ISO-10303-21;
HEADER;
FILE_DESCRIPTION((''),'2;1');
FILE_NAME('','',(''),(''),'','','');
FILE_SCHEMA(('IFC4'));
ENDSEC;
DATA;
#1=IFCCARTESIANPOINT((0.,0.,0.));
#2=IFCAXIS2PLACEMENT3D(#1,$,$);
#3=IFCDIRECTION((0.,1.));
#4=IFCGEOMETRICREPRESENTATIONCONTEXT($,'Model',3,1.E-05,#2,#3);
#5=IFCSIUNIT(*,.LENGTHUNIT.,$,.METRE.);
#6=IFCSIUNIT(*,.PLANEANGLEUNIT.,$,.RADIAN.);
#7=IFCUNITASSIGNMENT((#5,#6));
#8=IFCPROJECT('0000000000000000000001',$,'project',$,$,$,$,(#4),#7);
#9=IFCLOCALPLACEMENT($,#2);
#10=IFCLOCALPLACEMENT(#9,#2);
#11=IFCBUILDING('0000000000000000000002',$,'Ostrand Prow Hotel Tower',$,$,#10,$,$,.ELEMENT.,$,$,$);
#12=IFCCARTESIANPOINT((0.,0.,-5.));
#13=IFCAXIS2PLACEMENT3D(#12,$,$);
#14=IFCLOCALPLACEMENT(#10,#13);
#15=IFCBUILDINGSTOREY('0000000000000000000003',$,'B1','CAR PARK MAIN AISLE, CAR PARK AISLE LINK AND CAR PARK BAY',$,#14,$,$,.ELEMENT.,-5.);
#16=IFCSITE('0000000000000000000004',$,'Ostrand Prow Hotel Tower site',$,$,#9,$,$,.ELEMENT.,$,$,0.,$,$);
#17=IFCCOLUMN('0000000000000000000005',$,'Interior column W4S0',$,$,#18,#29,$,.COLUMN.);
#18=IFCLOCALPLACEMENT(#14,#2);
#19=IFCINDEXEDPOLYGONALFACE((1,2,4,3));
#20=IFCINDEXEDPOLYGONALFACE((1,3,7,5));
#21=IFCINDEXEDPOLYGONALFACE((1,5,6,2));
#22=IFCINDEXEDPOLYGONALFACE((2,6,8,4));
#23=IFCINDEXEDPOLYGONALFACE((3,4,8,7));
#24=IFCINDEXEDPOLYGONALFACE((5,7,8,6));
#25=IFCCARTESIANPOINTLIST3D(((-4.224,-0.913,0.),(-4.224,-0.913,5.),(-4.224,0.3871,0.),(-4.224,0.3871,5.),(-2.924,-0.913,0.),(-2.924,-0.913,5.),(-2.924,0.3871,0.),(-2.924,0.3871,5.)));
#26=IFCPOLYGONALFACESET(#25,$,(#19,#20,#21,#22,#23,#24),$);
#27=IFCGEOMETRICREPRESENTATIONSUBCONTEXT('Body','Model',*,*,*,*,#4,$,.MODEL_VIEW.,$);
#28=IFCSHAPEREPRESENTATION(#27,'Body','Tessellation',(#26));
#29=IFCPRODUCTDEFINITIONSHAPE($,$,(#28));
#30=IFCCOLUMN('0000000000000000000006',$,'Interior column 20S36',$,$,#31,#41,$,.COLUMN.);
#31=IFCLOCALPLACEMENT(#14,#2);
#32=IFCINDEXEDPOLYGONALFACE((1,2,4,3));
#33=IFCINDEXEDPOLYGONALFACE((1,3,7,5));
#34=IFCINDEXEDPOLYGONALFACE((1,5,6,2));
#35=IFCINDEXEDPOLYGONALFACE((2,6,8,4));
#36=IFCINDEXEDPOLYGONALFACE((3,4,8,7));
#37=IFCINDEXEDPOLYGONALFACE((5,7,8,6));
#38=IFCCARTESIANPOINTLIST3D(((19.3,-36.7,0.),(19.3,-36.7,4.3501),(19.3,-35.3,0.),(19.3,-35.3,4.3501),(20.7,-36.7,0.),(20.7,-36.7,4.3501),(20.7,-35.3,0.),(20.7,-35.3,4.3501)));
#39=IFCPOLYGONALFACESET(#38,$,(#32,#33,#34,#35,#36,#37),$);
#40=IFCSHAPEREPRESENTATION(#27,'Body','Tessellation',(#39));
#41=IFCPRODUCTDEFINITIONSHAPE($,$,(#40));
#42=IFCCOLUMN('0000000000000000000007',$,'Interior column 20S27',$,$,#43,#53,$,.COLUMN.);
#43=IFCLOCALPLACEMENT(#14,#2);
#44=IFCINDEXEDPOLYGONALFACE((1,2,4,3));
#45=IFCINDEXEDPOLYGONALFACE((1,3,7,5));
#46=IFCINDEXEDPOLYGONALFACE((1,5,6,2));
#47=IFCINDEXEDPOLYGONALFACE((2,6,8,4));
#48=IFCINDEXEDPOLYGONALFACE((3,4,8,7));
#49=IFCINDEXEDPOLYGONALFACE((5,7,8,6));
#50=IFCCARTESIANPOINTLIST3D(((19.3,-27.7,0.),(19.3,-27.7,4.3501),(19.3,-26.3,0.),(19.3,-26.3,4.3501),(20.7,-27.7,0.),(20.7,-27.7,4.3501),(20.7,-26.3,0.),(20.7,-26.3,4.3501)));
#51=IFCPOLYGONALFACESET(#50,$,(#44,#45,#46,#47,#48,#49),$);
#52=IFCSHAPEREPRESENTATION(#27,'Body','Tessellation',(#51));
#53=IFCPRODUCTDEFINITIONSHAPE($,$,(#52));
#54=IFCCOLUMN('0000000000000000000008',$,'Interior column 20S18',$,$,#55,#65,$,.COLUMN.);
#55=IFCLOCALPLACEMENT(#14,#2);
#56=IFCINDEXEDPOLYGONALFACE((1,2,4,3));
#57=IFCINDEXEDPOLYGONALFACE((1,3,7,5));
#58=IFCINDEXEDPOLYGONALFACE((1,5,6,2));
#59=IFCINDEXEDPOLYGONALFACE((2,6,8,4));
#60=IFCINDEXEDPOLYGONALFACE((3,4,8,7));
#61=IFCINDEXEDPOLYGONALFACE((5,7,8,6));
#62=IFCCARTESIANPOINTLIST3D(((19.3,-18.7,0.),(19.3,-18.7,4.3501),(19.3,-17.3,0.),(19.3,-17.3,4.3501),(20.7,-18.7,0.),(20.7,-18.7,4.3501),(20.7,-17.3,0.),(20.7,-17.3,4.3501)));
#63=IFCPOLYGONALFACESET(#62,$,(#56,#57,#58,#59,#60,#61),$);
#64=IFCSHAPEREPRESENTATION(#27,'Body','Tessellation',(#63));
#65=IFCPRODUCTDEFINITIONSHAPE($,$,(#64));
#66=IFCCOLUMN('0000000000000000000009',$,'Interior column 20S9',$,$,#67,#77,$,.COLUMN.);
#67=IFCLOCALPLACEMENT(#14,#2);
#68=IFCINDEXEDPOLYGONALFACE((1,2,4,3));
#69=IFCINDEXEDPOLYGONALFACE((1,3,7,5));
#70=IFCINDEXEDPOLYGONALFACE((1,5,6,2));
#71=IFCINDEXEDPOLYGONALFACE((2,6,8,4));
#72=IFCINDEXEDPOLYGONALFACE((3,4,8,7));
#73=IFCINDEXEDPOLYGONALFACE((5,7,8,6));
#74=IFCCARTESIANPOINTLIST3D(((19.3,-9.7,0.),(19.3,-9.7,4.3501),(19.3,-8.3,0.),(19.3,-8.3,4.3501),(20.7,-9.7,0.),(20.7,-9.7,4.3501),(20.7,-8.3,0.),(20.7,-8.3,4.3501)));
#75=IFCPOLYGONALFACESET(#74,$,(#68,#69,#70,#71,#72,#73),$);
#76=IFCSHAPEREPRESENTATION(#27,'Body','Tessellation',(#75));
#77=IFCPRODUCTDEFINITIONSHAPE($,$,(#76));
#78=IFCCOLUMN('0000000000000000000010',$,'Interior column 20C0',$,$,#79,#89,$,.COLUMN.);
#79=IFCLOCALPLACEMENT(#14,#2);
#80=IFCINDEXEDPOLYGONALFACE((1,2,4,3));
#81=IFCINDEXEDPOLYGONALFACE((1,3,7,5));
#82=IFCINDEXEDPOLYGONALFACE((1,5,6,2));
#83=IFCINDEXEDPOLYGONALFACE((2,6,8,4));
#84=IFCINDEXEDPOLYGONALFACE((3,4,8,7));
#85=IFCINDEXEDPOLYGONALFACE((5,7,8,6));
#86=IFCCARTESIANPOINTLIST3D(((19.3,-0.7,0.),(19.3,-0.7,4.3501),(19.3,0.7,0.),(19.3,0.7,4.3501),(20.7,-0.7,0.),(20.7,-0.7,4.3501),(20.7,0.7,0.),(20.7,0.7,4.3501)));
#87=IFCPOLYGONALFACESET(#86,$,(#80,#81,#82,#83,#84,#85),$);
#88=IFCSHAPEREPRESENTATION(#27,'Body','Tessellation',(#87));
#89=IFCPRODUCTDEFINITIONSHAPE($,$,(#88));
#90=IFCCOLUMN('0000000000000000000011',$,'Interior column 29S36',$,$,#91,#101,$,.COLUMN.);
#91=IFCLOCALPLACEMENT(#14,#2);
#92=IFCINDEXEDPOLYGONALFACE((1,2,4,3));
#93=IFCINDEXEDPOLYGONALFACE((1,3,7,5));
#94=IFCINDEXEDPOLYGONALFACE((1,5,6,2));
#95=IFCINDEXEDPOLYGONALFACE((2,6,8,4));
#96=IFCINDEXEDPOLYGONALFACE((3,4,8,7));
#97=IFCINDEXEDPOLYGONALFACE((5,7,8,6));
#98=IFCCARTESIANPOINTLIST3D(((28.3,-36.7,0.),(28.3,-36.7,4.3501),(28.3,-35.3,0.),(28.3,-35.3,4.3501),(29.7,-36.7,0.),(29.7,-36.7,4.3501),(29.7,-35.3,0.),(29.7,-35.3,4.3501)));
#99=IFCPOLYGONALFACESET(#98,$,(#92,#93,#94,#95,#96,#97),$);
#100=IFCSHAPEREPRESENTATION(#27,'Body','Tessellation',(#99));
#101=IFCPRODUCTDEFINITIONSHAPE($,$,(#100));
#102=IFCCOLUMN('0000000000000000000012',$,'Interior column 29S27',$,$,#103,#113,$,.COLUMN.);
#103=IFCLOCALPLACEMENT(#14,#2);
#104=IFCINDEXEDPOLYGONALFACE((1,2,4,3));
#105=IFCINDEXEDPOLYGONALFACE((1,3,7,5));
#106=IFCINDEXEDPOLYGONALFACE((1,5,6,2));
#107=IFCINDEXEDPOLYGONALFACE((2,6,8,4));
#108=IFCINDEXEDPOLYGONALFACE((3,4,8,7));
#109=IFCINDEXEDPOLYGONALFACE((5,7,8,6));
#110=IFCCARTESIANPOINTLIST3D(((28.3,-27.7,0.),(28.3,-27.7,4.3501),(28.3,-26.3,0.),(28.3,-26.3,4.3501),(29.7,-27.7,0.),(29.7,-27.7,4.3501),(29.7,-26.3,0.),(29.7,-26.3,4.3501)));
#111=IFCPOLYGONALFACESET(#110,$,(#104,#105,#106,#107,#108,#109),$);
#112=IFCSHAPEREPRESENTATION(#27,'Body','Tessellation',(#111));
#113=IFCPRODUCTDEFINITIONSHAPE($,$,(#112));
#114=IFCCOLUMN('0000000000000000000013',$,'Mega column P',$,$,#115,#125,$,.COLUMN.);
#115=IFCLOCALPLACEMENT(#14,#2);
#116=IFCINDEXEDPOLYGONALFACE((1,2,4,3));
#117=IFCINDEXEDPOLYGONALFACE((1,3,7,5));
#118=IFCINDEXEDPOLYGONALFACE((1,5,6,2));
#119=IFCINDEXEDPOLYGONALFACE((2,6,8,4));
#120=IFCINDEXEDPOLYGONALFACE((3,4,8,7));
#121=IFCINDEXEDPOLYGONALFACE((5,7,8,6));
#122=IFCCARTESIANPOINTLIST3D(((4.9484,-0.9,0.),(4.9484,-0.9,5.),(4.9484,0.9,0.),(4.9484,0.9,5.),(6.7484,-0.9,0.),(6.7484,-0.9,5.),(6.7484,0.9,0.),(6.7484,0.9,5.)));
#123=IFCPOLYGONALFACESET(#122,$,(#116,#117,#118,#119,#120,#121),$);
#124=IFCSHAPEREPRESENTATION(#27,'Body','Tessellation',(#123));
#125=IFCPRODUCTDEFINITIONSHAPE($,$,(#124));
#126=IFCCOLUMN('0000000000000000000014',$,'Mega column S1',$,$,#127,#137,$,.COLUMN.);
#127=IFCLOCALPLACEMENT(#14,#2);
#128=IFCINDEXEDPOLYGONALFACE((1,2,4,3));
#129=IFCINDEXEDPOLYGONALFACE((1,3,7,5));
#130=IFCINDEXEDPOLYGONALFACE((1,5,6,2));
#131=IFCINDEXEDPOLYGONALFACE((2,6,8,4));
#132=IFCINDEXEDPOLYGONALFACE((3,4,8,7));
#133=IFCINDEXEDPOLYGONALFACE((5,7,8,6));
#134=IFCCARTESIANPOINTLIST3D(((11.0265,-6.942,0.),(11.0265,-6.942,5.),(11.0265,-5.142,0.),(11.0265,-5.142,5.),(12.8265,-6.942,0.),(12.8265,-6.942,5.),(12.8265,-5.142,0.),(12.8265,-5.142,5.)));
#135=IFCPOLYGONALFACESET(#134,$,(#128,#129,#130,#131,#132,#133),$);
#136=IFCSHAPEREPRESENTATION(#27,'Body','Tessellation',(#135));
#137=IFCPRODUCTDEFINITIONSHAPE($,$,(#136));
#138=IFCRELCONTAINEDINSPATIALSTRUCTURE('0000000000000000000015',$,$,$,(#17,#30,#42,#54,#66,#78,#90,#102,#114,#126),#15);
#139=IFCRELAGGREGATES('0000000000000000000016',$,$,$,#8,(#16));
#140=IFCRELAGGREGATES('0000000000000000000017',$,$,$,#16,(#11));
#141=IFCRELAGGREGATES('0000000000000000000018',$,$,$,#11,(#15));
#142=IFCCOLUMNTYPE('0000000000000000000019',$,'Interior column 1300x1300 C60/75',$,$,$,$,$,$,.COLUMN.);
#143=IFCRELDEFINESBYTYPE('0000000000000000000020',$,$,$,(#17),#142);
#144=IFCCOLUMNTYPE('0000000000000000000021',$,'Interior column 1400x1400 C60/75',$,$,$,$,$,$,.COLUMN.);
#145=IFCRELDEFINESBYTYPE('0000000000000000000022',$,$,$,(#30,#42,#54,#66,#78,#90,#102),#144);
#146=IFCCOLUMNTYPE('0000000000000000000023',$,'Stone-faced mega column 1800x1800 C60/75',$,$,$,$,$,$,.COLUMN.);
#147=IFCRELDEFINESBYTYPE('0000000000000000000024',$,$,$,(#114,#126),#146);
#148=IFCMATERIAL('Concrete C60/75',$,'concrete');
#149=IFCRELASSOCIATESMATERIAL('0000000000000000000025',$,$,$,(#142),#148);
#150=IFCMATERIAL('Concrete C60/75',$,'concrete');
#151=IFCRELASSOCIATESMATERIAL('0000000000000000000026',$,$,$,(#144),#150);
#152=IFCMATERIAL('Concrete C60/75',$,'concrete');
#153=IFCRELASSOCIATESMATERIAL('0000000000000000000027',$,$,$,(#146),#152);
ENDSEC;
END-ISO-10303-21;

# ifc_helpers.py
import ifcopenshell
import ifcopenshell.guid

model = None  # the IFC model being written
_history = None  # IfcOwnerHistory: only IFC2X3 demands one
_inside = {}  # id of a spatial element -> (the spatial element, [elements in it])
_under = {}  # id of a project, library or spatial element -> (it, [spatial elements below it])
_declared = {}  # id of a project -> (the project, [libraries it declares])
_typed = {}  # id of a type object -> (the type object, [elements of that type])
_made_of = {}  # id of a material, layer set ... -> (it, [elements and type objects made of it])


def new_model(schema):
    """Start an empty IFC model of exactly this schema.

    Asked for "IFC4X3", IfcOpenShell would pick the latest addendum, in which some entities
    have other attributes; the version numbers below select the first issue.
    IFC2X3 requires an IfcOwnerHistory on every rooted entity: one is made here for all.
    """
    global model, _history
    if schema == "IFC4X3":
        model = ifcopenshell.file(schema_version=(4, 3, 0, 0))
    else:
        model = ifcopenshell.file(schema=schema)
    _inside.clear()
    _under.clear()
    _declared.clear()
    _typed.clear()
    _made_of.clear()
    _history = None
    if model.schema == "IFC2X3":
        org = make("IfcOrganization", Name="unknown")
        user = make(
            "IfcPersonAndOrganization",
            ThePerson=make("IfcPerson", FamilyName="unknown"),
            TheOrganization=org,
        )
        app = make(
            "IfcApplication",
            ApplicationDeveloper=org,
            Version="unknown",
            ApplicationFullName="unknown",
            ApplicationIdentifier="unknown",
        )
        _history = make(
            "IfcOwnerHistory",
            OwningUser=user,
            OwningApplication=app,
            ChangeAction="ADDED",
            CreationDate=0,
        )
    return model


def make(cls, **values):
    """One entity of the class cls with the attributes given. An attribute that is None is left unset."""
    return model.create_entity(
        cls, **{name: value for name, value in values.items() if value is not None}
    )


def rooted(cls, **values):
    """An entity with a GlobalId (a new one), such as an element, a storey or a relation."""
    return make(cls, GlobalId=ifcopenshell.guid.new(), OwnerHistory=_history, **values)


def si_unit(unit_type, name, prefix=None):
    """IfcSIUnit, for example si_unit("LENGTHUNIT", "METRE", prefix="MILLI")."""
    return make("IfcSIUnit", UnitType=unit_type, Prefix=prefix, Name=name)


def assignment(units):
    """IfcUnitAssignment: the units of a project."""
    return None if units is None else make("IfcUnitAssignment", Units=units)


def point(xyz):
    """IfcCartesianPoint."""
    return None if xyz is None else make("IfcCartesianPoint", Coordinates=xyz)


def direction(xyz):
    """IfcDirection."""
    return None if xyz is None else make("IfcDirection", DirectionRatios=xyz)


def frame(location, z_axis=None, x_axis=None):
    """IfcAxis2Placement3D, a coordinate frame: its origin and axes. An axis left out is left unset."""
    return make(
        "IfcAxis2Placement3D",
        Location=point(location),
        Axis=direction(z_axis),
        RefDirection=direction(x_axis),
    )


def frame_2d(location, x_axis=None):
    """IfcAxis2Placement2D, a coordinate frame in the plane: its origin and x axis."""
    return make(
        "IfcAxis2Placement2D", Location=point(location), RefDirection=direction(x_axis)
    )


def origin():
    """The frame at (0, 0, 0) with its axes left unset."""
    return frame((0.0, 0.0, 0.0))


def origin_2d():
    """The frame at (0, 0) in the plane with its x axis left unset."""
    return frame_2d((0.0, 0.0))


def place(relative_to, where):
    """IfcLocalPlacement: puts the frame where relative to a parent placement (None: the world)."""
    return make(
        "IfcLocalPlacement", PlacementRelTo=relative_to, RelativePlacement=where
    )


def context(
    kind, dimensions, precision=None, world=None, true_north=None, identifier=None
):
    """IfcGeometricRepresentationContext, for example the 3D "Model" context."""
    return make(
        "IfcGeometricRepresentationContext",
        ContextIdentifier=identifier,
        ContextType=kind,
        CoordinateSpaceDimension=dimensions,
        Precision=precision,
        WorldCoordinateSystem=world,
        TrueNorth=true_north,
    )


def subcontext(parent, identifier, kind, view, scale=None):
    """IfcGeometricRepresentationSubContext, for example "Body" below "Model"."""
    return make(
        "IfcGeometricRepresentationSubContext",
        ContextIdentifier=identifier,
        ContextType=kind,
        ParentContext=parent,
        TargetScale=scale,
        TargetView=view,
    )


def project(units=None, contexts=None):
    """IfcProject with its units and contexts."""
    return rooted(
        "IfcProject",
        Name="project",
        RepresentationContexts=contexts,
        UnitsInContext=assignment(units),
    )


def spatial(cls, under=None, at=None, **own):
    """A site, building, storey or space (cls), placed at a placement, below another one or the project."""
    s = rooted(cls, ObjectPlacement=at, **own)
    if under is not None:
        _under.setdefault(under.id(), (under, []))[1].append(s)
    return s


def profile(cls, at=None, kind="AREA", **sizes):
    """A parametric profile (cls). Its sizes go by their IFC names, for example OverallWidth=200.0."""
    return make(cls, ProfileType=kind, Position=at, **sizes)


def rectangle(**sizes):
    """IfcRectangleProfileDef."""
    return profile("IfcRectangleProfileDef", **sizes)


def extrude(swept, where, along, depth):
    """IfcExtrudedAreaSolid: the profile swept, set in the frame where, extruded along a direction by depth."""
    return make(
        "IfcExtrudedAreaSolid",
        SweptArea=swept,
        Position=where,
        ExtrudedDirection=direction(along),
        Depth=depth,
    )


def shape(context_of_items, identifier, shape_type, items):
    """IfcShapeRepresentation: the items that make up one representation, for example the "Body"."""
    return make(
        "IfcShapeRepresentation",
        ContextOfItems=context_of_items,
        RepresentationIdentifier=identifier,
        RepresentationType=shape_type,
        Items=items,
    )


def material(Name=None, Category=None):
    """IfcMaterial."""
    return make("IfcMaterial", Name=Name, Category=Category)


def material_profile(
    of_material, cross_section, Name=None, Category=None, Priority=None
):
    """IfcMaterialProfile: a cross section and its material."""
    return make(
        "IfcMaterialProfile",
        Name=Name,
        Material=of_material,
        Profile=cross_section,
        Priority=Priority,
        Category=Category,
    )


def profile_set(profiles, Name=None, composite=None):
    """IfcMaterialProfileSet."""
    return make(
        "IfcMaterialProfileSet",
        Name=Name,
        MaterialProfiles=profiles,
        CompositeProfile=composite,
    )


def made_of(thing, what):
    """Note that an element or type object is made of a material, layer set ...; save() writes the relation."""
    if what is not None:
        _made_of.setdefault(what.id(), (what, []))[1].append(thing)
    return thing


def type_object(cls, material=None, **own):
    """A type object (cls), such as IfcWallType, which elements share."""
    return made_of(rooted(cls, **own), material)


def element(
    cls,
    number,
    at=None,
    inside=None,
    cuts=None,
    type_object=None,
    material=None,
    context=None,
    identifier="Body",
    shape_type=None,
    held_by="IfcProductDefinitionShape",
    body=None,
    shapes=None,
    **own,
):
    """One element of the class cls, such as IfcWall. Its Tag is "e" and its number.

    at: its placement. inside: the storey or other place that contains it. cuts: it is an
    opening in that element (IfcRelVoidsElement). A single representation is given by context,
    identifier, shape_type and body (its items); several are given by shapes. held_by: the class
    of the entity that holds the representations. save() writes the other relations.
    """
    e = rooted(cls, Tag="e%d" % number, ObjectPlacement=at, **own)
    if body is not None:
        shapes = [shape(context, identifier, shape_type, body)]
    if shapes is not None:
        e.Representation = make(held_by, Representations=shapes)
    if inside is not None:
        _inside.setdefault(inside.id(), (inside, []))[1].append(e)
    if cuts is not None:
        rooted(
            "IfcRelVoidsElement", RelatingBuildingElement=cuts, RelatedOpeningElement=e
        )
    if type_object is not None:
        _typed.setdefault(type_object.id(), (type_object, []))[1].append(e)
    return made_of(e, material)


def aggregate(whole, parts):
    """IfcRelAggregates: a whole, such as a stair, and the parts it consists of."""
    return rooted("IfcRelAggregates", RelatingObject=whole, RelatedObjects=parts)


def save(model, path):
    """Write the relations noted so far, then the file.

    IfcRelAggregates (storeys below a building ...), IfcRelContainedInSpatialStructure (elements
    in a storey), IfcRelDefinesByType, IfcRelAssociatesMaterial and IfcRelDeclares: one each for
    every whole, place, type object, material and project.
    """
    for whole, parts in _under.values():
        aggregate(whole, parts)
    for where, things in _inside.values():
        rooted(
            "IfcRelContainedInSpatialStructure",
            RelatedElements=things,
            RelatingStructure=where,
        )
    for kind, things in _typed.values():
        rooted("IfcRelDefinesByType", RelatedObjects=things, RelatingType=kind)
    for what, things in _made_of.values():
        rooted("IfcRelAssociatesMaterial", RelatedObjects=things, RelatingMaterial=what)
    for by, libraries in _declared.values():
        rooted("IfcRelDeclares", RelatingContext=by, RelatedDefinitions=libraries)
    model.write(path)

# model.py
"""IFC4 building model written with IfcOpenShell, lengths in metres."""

from ifc_helpers import new_model, si_unit, direction, frame, origin, origin_2d, place, context, subcontext, project, spatial, rectangle, extrude, material, material_profile, profile_set, type_object, element, save


model = new_model("IFC4")

# Units and contexts
model_context = context("Model", 3, precision=1e-05, world=origin(), true_north=direction((0.0, 1.0)))
body_context = subcontext(model_context, "Body", "Model", "MODEL_VIEW")
ifc_project = project(units=[si_unit("LENGTHUNIT", "METRE"), si_unit("PLANEANGLEUNIT", "RADIAN")], contexts=[model_context])

# Site, building, storey
site_placement = place(None, origin())
site = spatial("IfcSite", under=ifc_project, at=site_placement, Name="Ostrand Prow Hotel Tower site", CompositionType="ELEMENT", RefElevation=0.0)
building_placement = place(site_placement, origin())
building = spatial("IfcBuilding", under=site, at=building_placement, Name="Ostrand Prow Hotel Tower", CompositionType="ELEMENT")
storey_placement = place(building_placement, frame((0.0, 0.0, -5.0)))
storey = spatial("IfcBuildingStorey", under=building, at=storey_placement, Name="B1", Description="CAR PARK MAIN AISLE, CAR PARK AISLE LINK AND CAR PARK BAY", CompositionType="ELEMENT", Elevation=-5.0)

# Columns
ifc_material_1 = material(Name="Concrete C60/75", Category="concrete")
ifc_material_profile_1 = material_profile(ifc_material_1, rectangle(XDim=1.3, YDim=1.3, at=origin_2d()), Name="RC 1300x1300")
ifc_profile_set_1 = profile_set([ifc_material_profile_1], Name="Concrete C60/75")
column_type_1 = type_object("IfcColumnType", Name="Interior column 1300x1300 C60/75", PredefinedType="COLUMN", material=ifc_profile_set_1)
column_placement = place(storey_placement, frame((-3.574, -0.2629, 0.0), z_axis=(0.0, 0.0, 1.0), x_axis=(1.0, 0.0, 0.0)))
element("IfcColumn", 1, at=column_placement, inside=storey, type_object=column_type_1, Name="Interior column W4S0", PredefinedType="COLUMN", context=body_context, shape_type="SweptSolid", body=[
    extrude(rectangle(XDim=1.3, YDim=1.3, at=origin_2d()), origin(), (0.0, 0.0, 1.0), 5.0),
])
ifc_material_2 = material(Name="Concrete C60/75", Category="concrete")
ifc_material_profile_2 = material_profile(ifc_material_2, rectangle(XDim=1.3999, YDim=1.3999, at=origin_2d()), Name="RC 1400x1400")
ifc_profile_set_2 = profile_set([ifc_material_profile_2], Name="Concrete C60/75")
column_type_2 = type_object("IfcColumnType", Name="Interior column 1400x1400 C60/75", PredefinedType="COLUMN", material=ifc_profile_set_2)
for number, where, z_axis, x_axis, name in (
    (2, (20.0, -36.0, 0.0), (0.0, 0.0, 1.0), (1.0, 0.0, 0.0), "Interior column 20S36"),
    (3, (20.0, -27.0, 0.0), (0.0, 0.0, 1.0), (1.0, 0.0, 0.0), "Interior column 20S27"),
    (4, (20.0, -18.0, 0.0), (0.0, 0.0, 1.0), (1.0, 0.0, 0.0), "Interior column 20S18"),
    (5, (20.0, -9.0, 0.0), (0.0, 0.0, 1.0), (1.0, 0.0, 0.0), "Interior column 20S9"),
    (6, (20.0, 0.0, 0.0), (0.0, 0.0, 1.0), (1.0, 0.0, 0.0), "Interior column 20C0"),
    (7, (29.0, -36.0, 0.0), (0.0, 0.0, 1.0), (1.0, 0.0, 0.0), "Interior column 29S36"),
    (8, (29.0, -27.0, 0.0), (0.0, 0.0, 1.0), (1.0, 0.0, 0.0), "Interior column 29S27"),
):
    element("IfcColumn", number, at=place(storey_placement, frame(where, z_axis=z_axis, x_axis=x_axis)), inside=storey, type_object=column_type_2, Name=name, PredefinedType="COLUMN", context=body_context, shape_type="SweptSolid", body=[
        extrude(rectangle(XDim=1.3999, YDim=1.3999, at=origin_2d()), origin(), (0.0, 0.0, 1.0), 4.3501),
    ])
ifc_material_3 = material(Name="Concrete C60/75", Category="concrete")
ifc_material_profile_3 = material_profile(ifc_material_3, rectangle(XDim=1.8, YDim=1.8, at=origin_2d()), Name="RC 1800x1800")
ifc_profile_set_3 = profile_set([ifc_material_profile_3], Name="Concrete C60/75")
column_type_3 = type_object("IfcColumnType", Name="Stone-faced mega column 1800x1800 C60/75", PredefinedType="COLUMN", material=ifc_profile_set_3)
for number, where, z_axis, x_axis, name in (
    (9, (5.8484, 0.0, 0.0), (0.0, 0.0, 1.0), (1.0, 0.0, 0.0), "Mega column P"),
    (10, (11.9265, -6.042, 0.0), (0.0, 0.0, 1.0), (1.0, 0.0, 0.0), "Mega column S1"),
):
    element("IfcColumn", number, at=place(storey_placement, frame(where, z_axis=z_axis, x_axis=x_axis)), inside=storey, type_object=column_type_3, Name=name, PredefinedType="COLUMN", context=body_context, shape_type="SweptSolid", body=[
        extrude(rectangle(XDim=1.8, YDim=1.8, at=origin_2d()), origin(), (0.0, 0.0, 1.0), 5.0),
    ])

save(model, "model.ifc")
